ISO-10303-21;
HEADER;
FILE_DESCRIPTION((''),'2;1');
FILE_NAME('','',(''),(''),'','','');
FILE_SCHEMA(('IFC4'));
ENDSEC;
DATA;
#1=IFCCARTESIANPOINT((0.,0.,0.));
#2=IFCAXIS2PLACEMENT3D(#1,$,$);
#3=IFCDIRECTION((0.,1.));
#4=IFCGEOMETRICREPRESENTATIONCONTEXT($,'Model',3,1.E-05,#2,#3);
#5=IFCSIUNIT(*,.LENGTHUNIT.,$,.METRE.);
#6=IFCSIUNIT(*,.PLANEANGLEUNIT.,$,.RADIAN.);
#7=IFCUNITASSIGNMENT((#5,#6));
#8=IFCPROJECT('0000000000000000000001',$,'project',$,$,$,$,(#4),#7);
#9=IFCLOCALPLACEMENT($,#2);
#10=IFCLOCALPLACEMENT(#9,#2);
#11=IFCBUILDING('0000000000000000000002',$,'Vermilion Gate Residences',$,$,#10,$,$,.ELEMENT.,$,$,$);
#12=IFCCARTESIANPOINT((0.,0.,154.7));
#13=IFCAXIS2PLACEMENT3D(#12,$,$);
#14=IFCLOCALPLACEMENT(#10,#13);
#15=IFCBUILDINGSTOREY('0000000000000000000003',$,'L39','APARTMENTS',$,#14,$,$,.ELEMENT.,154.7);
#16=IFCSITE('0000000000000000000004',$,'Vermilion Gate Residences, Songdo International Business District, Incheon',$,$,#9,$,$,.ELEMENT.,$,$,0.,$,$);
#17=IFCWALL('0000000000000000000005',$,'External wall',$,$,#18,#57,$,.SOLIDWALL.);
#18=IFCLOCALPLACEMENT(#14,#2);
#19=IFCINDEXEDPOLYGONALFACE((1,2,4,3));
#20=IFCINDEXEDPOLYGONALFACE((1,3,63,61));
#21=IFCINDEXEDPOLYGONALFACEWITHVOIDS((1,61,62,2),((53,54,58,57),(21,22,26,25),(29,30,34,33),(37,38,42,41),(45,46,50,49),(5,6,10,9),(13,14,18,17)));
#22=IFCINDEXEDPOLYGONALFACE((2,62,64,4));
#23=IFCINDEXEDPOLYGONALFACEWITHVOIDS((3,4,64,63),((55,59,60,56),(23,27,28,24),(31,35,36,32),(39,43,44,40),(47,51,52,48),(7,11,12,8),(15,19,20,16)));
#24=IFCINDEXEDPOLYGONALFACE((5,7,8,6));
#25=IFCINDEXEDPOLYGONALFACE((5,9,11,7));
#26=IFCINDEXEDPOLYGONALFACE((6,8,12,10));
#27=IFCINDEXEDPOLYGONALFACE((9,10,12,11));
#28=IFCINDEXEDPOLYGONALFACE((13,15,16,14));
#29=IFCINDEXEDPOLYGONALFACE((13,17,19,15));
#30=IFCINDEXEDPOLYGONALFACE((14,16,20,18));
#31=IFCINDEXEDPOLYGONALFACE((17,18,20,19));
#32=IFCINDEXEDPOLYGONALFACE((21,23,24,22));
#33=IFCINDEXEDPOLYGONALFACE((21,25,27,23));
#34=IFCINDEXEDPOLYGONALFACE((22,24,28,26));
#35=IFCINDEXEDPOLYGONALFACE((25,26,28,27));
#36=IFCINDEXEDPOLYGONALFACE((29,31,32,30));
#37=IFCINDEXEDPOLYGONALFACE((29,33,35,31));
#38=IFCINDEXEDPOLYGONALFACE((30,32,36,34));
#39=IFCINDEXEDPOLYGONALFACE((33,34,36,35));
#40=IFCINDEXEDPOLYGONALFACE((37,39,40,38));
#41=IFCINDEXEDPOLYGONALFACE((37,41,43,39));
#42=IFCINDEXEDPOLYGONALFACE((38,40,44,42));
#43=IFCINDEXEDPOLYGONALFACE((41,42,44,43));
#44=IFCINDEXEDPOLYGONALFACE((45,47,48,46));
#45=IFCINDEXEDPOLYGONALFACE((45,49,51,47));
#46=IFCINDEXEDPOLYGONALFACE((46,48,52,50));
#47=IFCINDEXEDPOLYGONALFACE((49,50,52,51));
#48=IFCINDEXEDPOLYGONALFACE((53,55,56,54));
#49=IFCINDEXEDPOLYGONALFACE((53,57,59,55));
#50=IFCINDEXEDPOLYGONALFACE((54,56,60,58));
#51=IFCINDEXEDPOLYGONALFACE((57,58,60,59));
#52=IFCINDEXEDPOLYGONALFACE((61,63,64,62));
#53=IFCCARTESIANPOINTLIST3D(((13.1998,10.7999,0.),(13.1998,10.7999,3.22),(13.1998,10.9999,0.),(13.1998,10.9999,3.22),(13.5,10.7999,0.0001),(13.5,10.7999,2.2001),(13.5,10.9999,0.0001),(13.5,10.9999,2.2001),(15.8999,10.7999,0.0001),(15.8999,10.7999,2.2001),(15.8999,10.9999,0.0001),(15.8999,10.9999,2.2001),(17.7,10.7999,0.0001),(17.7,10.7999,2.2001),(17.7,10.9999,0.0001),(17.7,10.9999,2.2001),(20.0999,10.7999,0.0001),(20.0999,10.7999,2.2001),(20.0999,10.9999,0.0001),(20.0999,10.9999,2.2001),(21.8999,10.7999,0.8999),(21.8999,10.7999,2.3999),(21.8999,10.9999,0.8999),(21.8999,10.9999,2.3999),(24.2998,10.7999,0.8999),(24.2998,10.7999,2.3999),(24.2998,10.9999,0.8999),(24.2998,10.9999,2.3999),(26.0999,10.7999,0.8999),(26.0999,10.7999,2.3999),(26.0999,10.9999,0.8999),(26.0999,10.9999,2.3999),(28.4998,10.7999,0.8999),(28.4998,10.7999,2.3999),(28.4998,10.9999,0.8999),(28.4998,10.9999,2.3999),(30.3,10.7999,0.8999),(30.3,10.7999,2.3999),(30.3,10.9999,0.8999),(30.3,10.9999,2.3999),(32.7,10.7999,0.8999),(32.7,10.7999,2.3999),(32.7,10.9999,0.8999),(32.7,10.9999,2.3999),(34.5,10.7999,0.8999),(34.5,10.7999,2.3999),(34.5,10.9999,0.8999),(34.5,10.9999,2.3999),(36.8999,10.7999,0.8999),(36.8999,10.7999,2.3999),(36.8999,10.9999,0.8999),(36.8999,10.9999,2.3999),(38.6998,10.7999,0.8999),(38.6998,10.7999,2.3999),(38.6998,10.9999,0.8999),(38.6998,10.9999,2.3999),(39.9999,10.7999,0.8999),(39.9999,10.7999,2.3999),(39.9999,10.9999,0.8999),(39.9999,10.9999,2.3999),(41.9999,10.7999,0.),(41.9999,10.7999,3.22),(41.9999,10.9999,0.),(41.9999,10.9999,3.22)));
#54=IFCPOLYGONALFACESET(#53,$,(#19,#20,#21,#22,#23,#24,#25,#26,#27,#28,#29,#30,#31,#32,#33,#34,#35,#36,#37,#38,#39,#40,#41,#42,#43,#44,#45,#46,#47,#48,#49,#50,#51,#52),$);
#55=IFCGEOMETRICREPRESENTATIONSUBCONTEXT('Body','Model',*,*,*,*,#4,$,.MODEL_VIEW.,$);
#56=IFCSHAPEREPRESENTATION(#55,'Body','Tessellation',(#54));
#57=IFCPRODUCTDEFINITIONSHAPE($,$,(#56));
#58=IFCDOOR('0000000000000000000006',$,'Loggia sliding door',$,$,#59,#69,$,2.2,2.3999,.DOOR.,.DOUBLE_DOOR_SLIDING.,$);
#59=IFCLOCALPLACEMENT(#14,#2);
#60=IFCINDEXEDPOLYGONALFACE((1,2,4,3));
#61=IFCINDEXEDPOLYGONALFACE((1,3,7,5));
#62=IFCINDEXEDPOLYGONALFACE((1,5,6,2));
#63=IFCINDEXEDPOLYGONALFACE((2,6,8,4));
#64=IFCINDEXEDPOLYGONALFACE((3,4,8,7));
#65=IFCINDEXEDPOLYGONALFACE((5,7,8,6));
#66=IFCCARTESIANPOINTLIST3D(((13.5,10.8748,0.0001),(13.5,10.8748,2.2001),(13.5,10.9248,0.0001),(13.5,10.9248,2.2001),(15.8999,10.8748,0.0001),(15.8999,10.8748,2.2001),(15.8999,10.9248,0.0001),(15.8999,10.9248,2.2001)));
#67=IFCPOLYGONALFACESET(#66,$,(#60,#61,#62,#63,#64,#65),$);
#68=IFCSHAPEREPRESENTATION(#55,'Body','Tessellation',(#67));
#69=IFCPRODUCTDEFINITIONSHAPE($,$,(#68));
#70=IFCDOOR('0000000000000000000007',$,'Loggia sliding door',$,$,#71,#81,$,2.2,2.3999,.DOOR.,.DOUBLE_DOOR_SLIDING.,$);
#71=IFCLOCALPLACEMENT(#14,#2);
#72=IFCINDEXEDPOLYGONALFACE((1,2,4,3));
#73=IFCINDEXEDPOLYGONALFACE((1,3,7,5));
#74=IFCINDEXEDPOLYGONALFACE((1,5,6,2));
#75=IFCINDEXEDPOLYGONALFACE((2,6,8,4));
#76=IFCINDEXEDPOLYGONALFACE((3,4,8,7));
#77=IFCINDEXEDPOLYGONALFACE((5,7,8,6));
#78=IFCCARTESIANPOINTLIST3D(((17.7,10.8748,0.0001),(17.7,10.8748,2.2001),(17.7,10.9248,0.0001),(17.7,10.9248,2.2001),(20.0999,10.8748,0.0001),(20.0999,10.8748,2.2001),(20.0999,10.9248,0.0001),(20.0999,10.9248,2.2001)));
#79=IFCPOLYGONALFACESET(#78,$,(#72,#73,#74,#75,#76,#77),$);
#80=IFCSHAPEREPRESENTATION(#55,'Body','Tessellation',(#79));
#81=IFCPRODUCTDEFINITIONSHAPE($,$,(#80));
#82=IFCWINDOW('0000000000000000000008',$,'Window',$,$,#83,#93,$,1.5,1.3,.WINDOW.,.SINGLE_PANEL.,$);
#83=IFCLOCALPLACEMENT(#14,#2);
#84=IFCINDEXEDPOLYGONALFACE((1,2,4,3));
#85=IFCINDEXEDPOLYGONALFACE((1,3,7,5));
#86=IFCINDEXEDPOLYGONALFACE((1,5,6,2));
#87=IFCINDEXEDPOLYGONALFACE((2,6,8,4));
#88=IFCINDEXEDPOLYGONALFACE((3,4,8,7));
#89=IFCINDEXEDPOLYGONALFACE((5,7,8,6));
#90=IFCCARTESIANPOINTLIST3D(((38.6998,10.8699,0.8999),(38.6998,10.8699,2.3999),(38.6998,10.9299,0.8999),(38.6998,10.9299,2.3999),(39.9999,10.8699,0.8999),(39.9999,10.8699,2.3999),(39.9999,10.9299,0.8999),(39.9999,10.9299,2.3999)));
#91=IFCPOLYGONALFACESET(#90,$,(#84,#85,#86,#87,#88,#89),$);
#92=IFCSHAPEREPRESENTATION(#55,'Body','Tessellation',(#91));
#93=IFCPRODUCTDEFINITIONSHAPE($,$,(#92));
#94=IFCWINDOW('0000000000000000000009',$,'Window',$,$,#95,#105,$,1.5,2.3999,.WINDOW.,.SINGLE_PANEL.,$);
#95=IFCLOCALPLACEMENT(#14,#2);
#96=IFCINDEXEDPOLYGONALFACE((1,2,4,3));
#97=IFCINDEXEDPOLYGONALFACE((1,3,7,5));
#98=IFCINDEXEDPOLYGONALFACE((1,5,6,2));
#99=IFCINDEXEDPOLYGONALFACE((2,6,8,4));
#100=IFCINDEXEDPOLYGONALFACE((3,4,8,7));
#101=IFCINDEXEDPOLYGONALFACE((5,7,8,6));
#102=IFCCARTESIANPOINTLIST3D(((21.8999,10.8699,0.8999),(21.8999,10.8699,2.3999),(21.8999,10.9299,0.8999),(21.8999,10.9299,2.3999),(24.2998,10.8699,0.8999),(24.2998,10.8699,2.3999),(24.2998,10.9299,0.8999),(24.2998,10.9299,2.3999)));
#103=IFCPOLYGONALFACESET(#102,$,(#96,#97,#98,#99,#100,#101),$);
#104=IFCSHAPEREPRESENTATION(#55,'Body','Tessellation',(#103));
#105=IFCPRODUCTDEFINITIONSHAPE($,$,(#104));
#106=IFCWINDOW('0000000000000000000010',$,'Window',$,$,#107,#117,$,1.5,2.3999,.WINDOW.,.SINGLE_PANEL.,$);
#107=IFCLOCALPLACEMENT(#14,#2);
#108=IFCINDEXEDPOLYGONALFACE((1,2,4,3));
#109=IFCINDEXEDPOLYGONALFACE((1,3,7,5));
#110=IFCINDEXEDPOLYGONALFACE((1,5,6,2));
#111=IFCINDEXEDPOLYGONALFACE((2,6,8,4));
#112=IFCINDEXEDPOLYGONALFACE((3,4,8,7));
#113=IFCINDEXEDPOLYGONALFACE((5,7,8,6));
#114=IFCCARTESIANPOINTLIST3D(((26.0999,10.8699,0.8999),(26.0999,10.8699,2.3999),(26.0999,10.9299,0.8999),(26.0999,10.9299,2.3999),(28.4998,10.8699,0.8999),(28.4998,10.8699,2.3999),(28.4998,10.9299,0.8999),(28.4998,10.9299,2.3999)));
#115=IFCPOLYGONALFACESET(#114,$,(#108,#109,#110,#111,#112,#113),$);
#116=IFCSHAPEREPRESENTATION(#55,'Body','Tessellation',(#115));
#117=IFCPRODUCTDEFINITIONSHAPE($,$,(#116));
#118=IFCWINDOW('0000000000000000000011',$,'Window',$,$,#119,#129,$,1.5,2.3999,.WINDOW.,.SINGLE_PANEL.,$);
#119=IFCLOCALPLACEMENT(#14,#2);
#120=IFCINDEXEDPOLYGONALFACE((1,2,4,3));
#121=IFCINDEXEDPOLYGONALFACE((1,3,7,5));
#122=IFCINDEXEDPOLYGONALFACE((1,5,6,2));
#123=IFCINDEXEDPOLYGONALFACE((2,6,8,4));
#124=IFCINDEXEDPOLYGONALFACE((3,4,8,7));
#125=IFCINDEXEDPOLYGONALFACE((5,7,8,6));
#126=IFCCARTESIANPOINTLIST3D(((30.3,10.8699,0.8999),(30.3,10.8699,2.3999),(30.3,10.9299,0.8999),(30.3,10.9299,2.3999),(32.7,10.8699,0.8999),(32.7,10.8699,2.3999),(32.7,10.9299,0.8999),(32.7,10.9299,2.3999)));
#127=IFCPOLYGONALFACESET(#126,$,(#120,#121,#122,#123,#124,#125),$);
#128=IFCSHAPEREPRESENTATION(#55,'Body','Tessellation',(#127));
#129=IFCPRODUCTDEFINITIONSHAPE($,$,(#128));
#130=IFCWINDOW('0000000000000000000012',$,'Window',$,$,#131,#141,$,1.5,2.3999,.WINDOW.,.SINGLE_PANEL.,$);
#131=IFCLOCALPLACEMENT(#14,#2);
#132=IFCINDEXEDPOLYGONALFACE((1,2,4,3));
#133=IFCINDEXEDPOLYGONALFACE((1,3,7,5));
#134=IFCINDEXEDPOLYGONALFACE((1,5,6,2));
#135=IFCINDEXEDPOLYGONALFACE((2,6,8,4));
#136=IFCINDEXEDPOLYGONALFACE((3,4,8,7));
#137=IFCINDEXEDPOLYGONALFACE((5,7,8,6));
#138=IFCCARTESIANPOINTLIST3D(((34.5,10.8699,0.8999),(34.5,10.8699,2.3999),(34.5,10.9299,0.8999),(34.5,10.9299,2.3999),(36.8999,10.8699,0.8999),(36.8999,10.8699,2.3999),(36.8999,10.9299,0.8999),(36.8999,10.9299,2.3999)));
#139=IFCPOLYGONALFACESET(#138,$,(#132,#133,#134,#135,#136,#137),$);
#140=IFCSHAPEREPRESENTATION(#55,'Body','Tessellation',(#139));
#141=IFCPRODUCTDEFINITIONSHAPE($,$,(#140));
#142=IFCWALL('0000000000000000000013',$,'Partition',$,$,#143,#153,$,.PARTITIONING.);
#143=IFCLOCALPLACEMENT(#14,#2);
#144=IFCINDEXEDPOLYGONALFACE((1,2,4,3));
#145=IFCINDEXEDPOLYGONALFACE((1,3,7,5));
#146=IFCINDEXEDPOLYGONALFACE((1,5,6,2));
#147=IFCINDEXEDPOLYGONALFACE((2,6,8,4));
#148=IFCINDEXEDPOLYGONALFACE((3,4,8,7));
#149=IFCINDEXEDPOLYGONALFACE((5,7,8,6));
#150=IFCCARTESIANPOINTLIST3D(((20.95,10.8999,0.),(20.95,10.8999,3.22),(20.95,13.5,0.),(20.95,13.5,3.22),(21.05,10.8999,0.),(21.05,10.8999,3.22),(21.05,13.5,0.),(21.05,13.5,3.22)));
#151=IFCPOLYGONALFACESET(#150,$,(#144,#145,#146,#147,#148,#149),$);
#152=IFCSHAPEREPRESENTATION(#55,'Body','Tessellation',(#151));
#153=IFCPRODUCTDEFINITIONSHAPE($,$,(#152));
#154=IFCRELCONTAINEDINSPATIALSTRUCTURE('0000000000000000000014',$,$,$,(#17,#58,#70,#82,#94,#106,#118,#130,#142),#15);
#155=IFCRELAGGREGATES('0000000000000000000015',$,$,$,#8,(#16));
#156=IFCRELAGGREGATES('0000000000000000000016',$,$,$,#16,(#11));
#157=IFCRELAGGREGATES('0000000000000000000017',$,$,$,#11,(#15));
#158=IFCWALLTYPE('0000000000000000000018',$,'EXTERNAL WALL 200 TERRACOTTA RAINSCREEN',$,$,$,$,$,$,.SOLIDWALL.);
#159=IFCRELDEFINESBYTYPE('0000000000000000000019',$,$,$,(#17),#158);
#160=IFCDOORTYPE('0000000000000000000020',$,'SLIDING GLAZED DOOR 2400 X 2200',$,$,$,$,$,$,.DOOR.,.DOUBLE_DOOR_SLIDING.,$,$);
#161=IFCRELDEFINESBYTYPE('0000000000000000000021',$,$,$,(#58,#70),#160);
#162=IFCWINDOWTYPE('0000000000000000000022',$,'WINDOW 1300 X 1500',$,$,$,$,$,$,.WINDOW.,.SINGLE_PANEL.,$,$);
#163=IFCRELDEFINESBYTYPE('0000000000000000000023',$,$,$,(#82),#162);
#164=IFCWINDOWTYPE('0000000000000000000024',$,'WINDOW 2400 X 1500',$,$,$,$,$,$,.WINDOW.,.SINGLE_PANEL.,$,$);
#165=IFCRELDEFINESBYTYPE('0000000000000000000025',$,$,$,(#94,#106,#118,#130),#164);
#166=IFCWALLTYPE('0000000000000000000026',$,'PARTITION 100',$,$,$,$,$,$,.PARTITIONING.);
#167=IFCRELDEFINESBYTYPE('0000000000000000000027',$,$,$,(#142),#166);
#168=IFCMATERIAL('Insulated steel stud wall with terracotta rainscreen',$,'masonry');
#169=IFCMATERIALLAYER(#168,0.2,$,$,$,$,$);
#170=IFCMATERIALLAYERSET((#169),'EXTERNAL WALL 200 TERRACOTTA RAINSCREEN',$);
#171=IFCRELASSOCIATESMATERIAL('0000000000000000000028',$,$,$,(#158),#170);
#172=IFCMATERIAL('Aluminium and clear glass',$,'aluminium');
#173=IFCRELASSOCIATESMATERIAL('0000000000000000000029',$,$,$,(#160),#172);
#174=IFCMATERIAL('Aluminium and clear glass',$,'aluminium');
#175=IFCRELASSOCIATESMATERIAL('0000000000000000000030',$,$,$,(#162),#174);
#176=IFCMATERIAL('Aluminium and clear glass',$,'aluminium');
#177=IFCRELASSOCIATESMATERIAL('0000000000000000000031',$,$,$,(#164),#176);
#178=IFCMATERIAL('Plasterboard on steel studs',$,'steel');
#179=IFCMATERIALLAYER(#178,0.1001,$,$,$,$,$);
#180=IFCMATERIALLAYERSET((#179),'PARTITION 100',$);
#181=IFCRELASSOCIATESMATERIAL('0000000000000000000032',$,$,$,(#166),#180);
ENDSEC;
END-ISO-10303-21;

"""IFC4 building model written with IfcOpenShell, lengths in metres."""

from ifc_helpers import new_model, si_unit, direction, frame, frame_2d, origin, place, context, subcontext, project, spatial, rectangle, extrude, material, layer, layer_set, type_object, element, fill, save


model = new_model("IFC4")

# Units and contexts
model_context = context("Model", 3, precision=1e-05, world=origin(), true_north=direction((0.0, 1.0)))
body_context = subcontext(model_context, "Body", "Model", "MODEL_VIEW")
ifc_project = project(units=[si_unit("LENGTHUNIT", "METRE"), si_unit("PLANEANGLEUNIT", "RADIAN")], contexts=[model_context])

# Site, building, storey
site_placement = place(None, origin())
site = spatial("IfcSite", under=ifc_project, at=site_placement, Name="Vermilion Gate Residences, Songdo International Business District, Incheon", CompositionType="ELEMENT", RefElevation=0.0)
building_placement = place(site_placement, origin())
building = spatial("IfcBuilding", under=site, at=building_placement, Name="Vermilion Gate Residences", CompositionType="ELEMENT")
storey_placement = place(building_placement, frame((0.0, 0.0, 154.7)))
storey = spatial("IfcBuildingStorey", under=building, at=storey_placement, Name="L39", Description="APARTMENTS", CompositionType="ELEMENT", Elevation=154.7)

# Shared definitions
ifc_material_1 = material(Name="Insulated steel stud wall with terracotta rainscreen", Category="masonry")
ifc_layer_1 = layer(ifc_material_1, 0.2)
ifc_layer_set_1 = layer_set([ifc_layer_1], Name="EXTERNAL WALL 200 TERRACOTTA RAINSCREEN")
wall_type_1 = type_object("IfcWallType", Name="EXTERNAL WALL 200 TERRACOTTA RAINSCREEN", PredefinedType="SOLIDWALL", material=ifc_layer_set_1)

# Wall, openings, doors, windows
wall_1_placement = place(storey_placement, frame((13.2, 10.8999, 0.0), z_axis=(0.0, 0.0, 1.0), x_axis=(1.0, 0.0, 0.0)))
wall_1 = element("IfcWall", 1, at=wall_1_placement, inside=storey, type_object=wall_type_1, Name="External wall", PredefinedType="SOLIDWALL", context=body_context, shape_type="SweptSolid", body=[
    extrude(rectangle(XDim=28.8, YDim=0.2, at=frame_2d((14.3999, 0.0))), origin(), (0.0, 0.0, 1.0), 3.22),
])
opening_1_placement = place(wall_1_placement, frame((0.3, 0.0, 0.0)))
opening_1 = element("IfcOpeningElement", 2, at=opening_1_placement, cuts=wall_1, PredefinedType="OPENING", context=body_context, shape_type="SweptSolid", body=[
    extrude(rectangle(XDim=2.3999, YDim=2.2, at=frame_2d((1.2, 1.1001))), frame((0.0, 0.1099, 0.0), z_axis=(0.0, -1.0, 0.0), x_axis=(1.0, 0.0, 0.0)), (0.0, 0.0, 1.0), 0.22),
])
opening_2_placement = place(wall_1_placement, frame((4.5, 0.0, 0.0)))
opening_2 = element("IfcOpeningElement", 3, at=opening_2_placement, cuts=wall_1, PredefinedType="OPENING", context=body_context, shape_type="SweptSolid", body=[
    extrude(rectangle(XDim=2.3999, YDim=2.2, at=frame_2d((1.2, 1.1001))), frame((0.0, 0.1099, 0.0), z_axis=(0.0, -1.0, 0.0), x_axis=(1.0, 0.0, 0.0)), (0.0, 0.0, 1.0), 0.22),
])
opening_3_placement = place(wall_1_placement, frame((8.7, 0.0, 0.8999)))
opening_3 = element("IfcOpeningElement", 4, at=opening_3_placement, cuts=wall_1, PredefinedType="OPENING", context=body_context, shape_type="SweptSolid", body=[
    extrude(rectangle(XDim=2.3999, YDim=1.5, at=frame_2d((1.2, 0.75))), frame((0.0, 0.1099, 0.0), z_axis=(0.0, -1.0, 0.0), x_axis=(1.0, 0.0, 0.0)), (0.0, 0.0, 1.0), 0.22),
])
opening_4_placement = place(wall_1_placement, frame((12.8999, 0.0, 0.8999)))
opening_4 = element("IfcOpeningElement", 5, at=opening_4_placement, cuts=wall_1, PredefinedType="OPENING", context=body_context, shape_type="SweptSolid", body=[
    extrude(rectangle(XDim=2.3999, YDim=1.5, at=frame_2d((1.2, 0.75))), frame((0.0, 0.1099, 0.0), z_axis=(0.0, -1.0, 0.0), x_axis=(1.0, 0.0, 0.0)), (0.0, 0.0, 1.0), 0.22),
])
opening_5_placement = place(wall_1_placement, frame((17.1001, 0.0, 0.8999)))
opening_5 = element("IfcOpeningElement", 6, at=opening_5_placement, cuts=wall_1, PredefinedType="OPENING", context=body_context, shape_type="SweptSolid", body=[
    extrude(rectangle(XDim=2.3999, YDim=1.5, at=frame_2d((1.2, 0.75))), frame((0.0, 0.1099, 0.0), z_axis=(0.0, -1.0, 0.0), x_axis=(1.0, 0.0, 0.0)), (0.0, 0.0, 1.0), 0.22),
])
opening_6_placement = place(wall_1_placement, frame((21.3, 0.0, 0.8999)))
opening_6 = element("IfcOpeningElement", 7, at=opening_6_placement, cuts=wall_1, PredefinedType="OPENING", context=body_context, shape_type="SweptSolid", body=[
    extrude(rectangle(XDim=2.3999, YDim=1.5, at=frame_2d((1.2, 0.75))), frame((0.0, 0.1099, 0.0), z_axis=(0.0, -1.0, 0.0), x_axis=(1.0, 0.0, 0.0)), (0.0, 0.0, 1.0), 0.22),
])
opening_7_placement = place(wall_1_placement, frame((25.5, 0.0, 0.8999)))
opening_7 = element("IfcOpeningElement", 8, at=opening_7_placement, cuts=wall_1, PredefinedType="OPENING", context=body_context, shape_type="SweptSolid", body=[
    extrude(rectangle(XDim=1.3, YDim=1.5, at=frame_2d((0.6499, 0.75))), frame((0.0, 0.1099, 0.0), z_axis=(0.0, -1.0, 0.0), x_axis=(1.0, 0.0, 0.0)), (0.0, 0.0, 1.0), 0.22),
])
ifc_material_2 = material(Name="Aluminium and clear glass", Category="aluminium")
door_type_1 = type_object("IfcDoorType", Name="SLIDING GLAZED DOOR 2400 X 2200", OperationType="DOUBLE_DOOR_SLIDING", PredefinedType="DOOR", material=ifc_material_2)
door_1_placement = place(opening_1_placement, origin())
door_1 = element("IfcDoor", 9, at=door_1_placement, inside=storey, type_object=door_type_1, Name="Loggia sliding door", OperationType="DOUBLE_DOOR_SLIDING", OverallHeight=2.2, OverallWidth=2.3999, PredefinedType="DOOR", context=body_context, shape_type="SweptSolid", body=[
    extrude(rectangle(XDim=2.3999, YDim=2.2, at=frame_2d((1.2, 1.1001))), frame((0.0, 0.0249, 0.0), z_axis=(0.0, -1.0, 0.0), x_axis=(1.0, 0.0, 0.0)), (0.0, 0.0, 1.0), 0.05),
])
fill(opening_1, door_1)
door_2_placement = place(opening_2_placement, origin())
door_2 = element("IfcDoor", 10, at=door_2_placement, inside=storey, type_object=door_type_1, Name="Loggia sliding door", OperationType="DOUBLE_DOOR_SLIDING", OverallHeight=2.2, OverallWidth=2.3999, PredefinedType="DOOR", context=body_context, shape_type="SweptSolid", body=[
    extrude(rectangle(XDim=2.3999, YDim=2.2, at=frame_2d((1.2, 1.1001))), frame((0.0, 0.0249, 0.0), z_axis=(0.0, -1.0, 0.0), x_axis=(1.0, 0.0, 0.0)), (0.0, 0.0, 1.0), 0.05),
])
fill(opening_2, door_2)
ifc_material_3 = material(Name="Aluminium and clear glass", Category="aluminium")
window_type_1 = type_object("IfcWindowType", Name="WINDOW 1300 X 1500", PartitioningType="SINGLE_PANEL", PredefinedType="WINDOW", material=ifc_material_3)
window_1_placement = place(opening_7_placement, origin())
window_1 = element("IfcWindow", 11, at=window_1_placement, inside=storey, type_object=window_type_1, Name="Window", OverallHeight=1.5, OverallWidth=1.3, PartitioningType="SINGLE_PANEL", PredefinedType="WINDOW", context=body_context, shape_type="SweptSolid", body=[
    extrude(rectangle(XDim=1.3, YDim=1.5, at=frame_2d((0.6499, 0.75))), frame((0.0, 0.03, 0.0), z_axis=(0.0, -1.0, 0.0), x_axis=(1.0, 0.0, 0.0)), (0.0, 0.0, 1.0), 0.0601),
])
fill(opening_7, window_1)
ifc_material_4 = material(Name="Aluminium and clear glass", Category="aluminium")
window_type_2 = type_object("IfcWindowType", Name="WINDOW 2400 X 1500", PartitioningType="SINGLE_PANEL", PredefinedType="WINDOW", material=ifc_material_4)
window_2_placement = place(opening_3_placement, origin())
window_2 = element("IfcWindow", 12, at=window_2_placement, inside=storey, type_object=window_type_2, Name="Window", OverallHeight=1.5, OverallWidth=2.3999, PartitioningType="SINGLE_PANEL", PredefinedType="WINDOW", context=body_context, shape_type="SweptSolid", body=[
    extrude(rectangle(XDim=2.3999, YDim=1.5, at=frame_2d((1.2, 0.75))), frame((0.0, 0.03, 0.0), z_axis=(0.0, -1.0, 0.0), x_axis=(1.0, 0.0, 0.0)), (0.0, 0.0, 1.0), 0.0601),
])
fill(opening_3, window_2)
window_3_placement = place(opening_4_placement, origin())
window_3 = element("IfcWindow", 13, at=window_3_placement, inside=storey, type_object=window_type_2, Name="Window", OverallHeight=1.5, OverallWidth=2.3999, PartitioningType="SINGLE_PANEL", PredefinedType="WINDOW", context=body_context, shape_type="SweptSolid", body=[
    extrude(rectangle(XDim=2.3999, YDim=1.5, at=frame_2d((1.2, 0.75))), frame((0.0, 0.03, 0.0), z_axis=(0.0, -1.0, 0.0), x_axis=(1.0, 0.0, 0.0)), (0.0, 0.0, 1.0), 0.0601),
])
fill(opening_4, window_3)
window_4_placement = place(opening_5_placement, origin())
window_4 = element("IfcWindow", 14, at=window_4_placement, inside=storey, type_object=window_type_2, Name="Window", OverallHeight=1.5, OverallWidth=2.3999, PartitioningType="SINGLE_PANEL", PredefinedType="WINDOW", context=body_context, shape_type="SweptSolid", body=[
    extrude(rectangle(XDim=2.3999, YDim=1.5, at=frame_2d((1.2, 0.75))), frame((0.0, 0.03, 0.0), z_axis=(0.0, -1.0, 0.0), x_axis=(1.0, 0.0, 0.0)), (0.0, 0.0, 1.0), 0.0601),
])
fill(opening_5, window_4)
window_5_placement = place(opening_6_placement, origin())
window_5 = element("IfcWindow", 15, at=window_5_placement, inside=storey, type_object=window_type_2, Name="Window", OverallHeight=1.5, OverallWidth=2.3999, PartitioningType="SINGLE_PANEL", PredefinedType="WINDOW", context=body_context, shape_type="SweptSolid", body=[
    extrude(rectangle(XDim=2.3999, YDim=1.5, at=frame_2d((1.2, 0.75))), frame((0.0, 0.03, 0.0), z_axis=(0.0, -1.0, 0.0), x_axis=(1.0, 0.0, 0.0)), (0.0, 0.0, 1.0), 0.0601),
])
fill(opening_6, window_5)

# Wall
ifc_material_5 = material(Name="Plasterboard on steel studs", Category="steel")
ifc_layer_2 = layer(ifc_material_5, 0.1001)
ifc_layer_set_2 = layer_set([ifc_layer_2], Name="PARTITION 100")
wall_type_2 = type_object("IfcWallType", Name="PARTITION 100", PredefinedType="PARTITIONING", material=ifc_layer_set_2)
wall_2_placement = place(storey_placement, frame((21.0, 10.8999, 0.0), z_axis=(0.0, 0.0, 1.0), x_axis=(0.0, 1.0, 0.0)))
element("IfcWall", 16, at=wall_2_placement, inside=storey, type_object=wall_type_2, Name="Partition", PredefinedType="PARTITIONING", context=body_context, shape_type="SweptSolid", body=[
    extrude(rectangle(XDim=2.6001, YDim=0.1001, at=frame_2d((1.3, 0.0))), origin(), (0.0, 0.0, 1.0), 3.22),
])

save(model, "model.ifc")
